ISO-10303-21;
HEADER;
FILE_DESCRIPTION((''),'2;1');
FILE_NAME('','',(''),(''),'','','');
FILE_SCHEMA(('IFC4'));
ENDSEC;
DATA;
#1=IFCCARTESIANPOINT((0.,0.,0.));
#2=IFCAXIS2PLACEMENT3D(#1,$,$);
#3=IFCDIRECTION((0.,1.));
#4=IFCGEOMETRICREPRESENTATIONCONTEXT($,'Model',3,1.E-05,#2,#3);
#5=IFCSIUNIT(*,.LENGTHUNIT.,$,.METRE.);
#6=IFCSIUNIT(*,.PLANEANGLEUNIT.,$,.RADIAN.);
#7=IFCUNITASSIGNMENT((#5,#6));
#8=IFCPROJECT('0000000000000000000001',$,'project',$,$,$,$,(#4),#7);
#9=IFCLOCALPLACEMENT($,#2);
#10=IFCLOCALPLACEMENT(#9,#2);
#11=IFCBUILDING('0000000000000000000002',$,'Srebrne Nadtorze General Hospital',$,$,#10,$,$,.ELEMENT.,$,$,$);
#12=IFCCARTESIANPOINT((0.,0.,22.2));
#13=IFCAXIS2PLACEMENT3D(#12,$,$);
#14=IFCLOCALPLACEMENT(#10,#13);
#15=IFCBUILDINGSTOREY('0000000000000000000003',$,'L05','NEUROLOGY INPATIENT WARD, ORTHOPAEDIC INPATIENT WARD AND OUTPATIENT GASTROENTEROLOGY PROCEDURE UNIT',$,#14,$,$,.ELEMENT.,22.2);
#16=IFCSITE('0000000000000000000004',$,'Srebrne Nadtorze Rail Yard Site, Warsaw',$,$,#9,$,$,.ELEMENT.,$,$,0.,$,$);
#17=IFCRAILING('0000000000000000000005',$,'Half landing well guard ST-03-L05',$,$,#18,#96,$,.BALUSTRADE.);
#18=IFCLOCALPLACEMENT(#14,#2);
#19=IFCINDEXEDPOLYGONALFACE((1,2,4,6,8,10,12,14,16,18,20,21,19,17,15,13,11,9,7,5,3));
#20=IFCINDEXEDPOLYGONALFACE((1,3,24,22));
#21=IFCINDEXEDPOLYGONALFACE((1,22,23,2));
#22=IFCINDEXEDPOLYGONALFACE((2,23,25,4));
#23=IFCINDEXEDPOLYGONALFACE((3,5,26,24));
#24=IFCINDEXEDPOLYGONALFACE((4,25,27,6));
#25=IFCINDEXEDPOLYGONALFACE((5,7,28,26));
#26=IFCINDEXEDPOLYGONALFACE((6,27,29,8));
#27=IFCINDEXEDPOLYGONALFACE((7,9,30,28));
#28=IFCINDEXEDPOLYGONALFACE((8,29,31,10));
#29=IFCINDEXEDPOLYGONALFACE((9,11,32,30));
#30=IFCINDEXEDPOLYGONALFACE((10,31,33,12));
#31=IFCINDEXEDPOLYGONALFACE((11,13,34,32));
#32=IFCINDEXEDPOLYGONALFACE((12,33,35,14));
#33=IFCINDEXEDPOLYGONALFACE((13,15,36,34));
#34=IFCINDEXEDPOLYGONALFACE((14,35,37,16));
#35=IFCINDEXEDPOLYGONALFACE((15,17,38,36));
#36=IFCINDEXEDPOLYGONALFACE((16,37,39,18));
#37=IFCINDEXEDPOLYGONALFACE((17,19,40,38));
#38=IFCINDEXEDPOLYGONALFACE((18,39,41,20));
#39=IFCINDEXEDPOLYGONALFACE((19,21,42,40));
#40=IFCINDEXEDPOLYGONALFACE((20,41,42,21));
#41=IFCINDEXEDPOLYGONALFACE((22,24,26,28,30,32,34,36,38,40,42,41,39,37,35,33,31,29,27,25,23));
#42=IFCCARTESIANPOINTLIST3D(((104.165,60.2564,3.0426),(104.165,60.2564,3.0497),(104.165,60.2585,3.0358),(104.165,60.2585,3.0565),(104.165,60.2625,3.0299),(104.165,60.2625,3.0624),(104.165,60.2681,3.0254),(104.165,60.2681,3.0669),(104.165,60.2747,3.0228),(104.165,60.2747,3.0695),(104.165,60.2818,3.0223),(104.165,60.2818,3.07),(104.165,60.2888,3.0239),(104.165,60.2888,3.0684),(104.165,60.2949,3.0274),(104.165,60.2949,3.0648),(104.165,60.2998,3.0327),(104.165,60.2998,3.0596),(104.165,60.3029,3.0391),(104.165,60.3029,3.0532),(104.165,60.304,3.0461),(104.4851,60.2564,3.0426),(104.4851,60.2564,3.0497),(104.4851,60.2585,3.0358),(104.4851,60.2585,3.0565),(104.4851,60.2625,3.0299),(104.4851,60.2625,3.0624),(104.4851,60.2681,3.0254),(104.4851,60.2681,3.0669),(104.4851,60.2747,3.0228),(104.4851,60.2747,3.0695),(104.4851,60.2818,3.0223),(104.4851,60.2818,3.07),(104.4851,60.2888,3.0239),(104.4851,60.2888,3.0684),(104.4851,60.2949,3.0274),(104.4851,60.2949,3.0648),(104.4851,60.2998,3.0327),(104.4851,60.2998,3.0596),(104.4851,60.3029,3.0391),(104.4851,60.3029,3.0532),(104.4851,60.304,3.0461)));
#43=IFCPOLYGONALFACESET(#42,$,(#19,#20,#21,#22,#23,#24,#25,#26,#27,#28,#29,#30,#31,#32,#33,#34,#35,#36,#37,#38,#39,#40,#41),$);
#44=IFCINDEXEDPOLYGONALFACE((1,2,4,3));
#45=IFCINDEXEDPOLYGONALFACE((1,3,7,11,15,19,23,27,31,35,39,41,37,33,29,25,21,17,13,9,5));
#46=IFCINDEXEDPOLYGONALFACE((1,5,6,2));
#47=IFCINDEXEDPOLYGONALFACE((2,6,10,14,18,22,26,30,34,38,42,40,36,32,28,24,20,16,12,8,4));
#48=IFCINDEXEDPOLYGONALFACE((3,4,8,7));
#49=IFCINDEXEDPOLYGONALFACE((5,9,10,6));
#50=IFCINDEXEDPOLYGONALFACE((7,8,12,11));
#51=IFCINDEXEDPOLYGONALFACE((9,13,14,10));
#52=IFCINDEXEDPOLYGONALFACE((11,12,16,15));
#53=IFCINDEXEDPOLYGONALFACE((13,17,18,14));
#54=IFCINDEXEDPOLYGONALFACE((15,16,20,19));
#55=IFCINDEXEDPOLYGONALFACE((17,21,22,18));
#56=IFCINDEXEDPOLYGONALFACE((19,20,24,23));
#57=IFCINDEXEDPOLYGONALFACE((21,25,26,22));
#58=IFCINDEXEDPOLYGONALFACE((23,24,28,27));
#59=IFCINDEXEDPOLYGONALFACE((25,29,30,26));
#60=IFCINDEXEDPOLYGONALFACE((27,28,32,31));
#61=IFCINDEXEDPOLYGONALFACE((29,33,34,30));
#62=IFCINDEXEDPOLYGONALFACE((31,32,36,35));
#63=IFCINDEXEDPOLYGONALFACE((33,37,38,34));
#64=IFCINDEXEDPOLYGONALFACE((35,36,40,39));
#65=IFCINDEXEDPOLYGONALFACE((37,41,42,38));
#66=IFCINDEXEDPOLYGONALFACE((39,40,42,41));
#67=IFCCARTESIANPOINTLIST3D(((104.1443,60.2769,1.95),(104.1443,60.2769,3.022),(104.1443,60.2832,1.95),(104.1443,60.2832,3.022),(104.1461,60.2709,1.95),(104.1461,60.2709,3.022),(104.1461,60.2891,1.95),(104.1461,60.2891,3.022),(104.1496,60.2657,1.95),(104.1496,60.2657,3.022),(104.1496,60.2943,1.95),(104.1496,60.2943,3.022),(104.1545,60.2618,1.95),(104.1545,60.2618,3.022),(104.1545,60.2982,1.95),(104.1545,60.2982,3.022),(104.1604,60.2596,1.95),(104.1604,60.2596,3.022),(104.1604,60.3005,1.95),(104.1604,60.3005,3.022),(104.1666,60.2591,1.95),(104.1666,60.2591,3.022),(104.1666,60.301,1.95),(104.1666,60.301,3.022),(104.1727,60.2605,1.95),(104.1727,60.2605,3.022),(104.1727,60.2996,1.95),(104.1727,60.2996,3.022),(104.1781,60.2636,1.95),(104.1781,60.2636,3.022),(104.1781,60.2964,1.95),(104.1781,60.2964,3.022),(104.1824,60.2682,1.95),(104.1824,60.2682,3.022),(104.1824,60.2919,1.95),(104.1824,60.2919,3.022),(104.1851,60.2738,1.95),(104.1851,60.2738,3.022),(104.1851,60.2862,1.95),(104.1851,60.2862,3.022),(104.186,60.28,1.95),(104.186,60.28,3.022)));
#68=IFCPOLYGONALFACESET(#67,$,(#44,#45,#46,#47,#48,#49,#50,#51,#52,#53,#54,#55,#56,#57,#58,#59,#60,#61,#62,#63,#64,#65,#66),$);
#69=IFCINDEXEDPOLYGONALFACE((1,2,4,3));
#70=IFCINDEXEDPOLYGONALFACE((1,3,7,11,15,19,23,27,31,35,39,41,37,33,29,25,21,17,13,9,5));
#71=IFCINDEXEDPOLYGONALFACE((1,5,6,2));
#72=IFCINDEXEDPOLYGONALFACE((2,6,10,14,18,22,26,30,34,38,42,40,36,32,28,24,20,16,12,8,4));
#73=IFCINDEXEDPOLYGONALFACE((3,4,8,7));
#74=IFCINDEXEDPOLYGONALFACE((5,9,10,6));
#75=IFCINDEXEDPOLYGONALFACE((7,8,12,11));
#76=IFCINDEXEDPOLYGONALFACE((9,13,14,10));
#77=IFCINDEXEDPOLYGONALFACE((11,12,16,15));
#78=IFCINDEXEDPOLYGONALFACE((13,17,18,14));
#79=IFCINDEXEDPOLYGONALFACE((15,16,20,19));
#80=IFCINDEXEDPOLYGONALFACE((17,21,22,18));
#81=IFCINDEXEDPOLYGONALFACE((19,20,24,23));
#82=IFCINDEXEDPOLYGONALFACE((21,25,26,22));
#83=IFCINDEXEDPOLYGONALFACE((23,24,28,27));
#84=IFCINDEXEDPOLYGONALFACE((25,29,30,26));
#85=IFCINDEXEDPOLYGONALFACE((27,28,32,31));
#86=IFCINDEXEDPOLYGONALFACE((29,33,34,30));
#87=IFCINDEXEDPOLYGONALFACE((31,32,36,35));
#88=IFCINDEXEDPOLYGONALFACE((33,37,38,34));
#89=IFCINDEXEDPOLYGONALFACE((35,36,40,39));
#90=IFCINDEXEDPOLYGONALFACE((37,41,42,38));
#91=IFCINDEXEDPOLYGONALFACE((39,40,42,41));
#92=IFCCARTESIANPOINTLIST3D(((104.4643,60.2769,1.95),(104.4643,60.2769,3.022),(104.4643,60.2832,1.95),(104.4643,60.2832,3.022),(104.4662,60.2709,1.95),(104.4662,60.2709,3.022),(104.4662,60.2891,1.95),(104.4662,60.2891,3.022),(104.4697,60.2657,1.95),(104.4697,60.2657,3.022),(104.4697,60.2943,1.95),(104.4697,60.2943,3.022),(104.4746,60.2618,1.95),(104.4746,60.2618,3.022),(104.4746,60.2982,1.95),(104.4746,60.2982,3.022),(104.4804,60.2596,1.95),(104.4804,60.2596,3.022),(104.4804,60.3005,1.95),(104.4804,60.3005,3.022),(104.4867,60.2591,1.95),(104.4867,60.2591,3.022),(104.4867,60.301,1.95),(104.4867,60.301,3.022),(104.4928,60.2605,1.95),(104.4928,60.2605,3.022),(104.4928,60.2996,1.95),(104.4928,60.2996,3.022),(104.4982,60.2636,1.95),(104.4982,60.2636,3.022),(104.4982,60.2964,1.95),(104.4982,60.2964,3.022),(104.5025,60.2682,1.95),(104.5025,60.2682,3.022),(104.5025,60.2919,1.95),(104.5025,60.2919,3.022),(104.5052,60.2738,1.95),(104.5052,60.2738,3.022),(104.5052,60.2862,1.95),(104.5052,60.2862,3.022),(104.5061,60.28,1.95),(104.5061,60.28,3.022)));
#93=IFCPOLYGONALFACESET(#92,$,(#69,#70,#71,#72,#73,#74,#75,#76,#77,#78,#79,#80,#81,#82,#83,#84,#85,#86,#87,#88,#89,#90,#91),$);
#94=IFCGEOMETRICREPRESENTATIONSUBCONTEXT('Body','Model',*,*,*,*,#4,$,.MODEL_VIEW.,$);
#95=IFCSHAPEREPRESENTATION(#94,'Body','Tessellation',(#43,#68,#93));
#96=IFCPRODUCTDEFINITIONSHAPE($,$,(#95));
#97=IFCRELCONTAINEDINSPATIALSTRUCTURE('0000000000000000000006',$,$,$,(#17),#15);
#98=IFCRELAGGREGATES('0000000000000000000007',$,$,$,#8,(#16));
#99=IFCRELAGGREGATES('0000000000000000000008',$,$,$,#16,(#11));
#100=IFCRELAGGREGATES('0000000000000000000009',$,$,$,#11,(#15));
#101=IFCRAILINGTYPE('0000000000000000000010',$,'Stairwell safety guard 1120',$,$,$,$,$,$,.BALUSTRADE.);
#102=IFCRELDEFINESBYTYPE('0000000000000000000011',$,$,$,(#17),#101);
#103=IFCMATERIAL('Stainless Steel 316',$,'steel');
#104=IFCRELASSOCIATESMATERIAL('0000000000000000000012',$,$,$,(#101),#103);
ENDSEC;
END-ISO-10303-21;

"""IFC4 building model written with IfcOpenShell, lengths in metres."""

from ifc_helpers import new_model, si_unit, direction, frame, origin, origin_2d, place, context, subcontext, project, spatial, circle, extrude, material, type_object, element, save


model = new_model("IFC4")

# Units and contexts
model_context = context("Model", 3, precision=1e-05, world=origin(), true_north=direction((0.0, 1.0)))
body_context = subcontext(model_context, "Body", "Model", "MODEL_VIEW")
ifc_project = project(units=[si_unit("LENGTHUNIT", "METRE"), si_unit("PLANEANGLEUNIT", "RADIAN")], contexts=[model_context])

# Site, building, storey
site_placement = place(None, origin())
site = spatial("IfcSite", under=ifc_project, at=site_placement, Name="Srebrne Nadtorze Rail Yard Site, Warsaw", CompositionType="ELEMENT", RefElevation=0.0)
building_placement = place(site_placement, origin())
building = spatial("IfcBuilding", under=site, at=building_placement, Name="Srebrne Nadtorze General Hospital", CompositionType="ELEMENT")
storey_placement = place(building_placement, frame((0.0, 0.0, 22.2)))
storey = spatial("IfcBuildingStorey", under=building, at=storey_placement, Name="L05", Description="NEUROLOGY INPATIENT WARD, ORTHOPAEDIC INPATIENT WARD AND OUTPATIENT GASTROENTEROLOGY PROCEDURE UNIT", CompositionType="ELEMENT", Elevation=22.2)

# Railing
ifc_material_1 = material(Name="Stainless Steel 316", Category="steel")
railing_type_1 = type_object("IfcRailingType", Name="Stairwell safety guard 1120", PredefinedType="BALUSTRADE", material=ifc_material_1)
railing_1_placement = place(storey_placement, frame((104.165, 60.28, 1.95)))
element("IfcRailing", 1, at=railing_1_placement, inside=storey, type_object=railing_type_1, Name="Half landing well guard ST-03-L05", PredefinedType="BALUSTRADE", context=body_context, shape_type="SweptSolid", body=[
    extrude(circle(Radius=0.0239, at=origin_2d()), frame((0.0, 0.0, 1.0962), z_axis=(1.0, 0.0, 0.0), x_axis=(0.0, 1.0, 0.0)), (0.0, 0.0, 1.0), 0.3201),
    extrude(circle(Radius=0.021, at=origin_2d()), origin(), (0.0, 0.0, 1.0), 1.072),
    extrude(circle(Radius=0.021, at=origin_2d()), frame((0.3201, 0.0, 0.0)), (0.0, 0.0, 1.0), 1.072),
])

save(model, "model.ifc")
